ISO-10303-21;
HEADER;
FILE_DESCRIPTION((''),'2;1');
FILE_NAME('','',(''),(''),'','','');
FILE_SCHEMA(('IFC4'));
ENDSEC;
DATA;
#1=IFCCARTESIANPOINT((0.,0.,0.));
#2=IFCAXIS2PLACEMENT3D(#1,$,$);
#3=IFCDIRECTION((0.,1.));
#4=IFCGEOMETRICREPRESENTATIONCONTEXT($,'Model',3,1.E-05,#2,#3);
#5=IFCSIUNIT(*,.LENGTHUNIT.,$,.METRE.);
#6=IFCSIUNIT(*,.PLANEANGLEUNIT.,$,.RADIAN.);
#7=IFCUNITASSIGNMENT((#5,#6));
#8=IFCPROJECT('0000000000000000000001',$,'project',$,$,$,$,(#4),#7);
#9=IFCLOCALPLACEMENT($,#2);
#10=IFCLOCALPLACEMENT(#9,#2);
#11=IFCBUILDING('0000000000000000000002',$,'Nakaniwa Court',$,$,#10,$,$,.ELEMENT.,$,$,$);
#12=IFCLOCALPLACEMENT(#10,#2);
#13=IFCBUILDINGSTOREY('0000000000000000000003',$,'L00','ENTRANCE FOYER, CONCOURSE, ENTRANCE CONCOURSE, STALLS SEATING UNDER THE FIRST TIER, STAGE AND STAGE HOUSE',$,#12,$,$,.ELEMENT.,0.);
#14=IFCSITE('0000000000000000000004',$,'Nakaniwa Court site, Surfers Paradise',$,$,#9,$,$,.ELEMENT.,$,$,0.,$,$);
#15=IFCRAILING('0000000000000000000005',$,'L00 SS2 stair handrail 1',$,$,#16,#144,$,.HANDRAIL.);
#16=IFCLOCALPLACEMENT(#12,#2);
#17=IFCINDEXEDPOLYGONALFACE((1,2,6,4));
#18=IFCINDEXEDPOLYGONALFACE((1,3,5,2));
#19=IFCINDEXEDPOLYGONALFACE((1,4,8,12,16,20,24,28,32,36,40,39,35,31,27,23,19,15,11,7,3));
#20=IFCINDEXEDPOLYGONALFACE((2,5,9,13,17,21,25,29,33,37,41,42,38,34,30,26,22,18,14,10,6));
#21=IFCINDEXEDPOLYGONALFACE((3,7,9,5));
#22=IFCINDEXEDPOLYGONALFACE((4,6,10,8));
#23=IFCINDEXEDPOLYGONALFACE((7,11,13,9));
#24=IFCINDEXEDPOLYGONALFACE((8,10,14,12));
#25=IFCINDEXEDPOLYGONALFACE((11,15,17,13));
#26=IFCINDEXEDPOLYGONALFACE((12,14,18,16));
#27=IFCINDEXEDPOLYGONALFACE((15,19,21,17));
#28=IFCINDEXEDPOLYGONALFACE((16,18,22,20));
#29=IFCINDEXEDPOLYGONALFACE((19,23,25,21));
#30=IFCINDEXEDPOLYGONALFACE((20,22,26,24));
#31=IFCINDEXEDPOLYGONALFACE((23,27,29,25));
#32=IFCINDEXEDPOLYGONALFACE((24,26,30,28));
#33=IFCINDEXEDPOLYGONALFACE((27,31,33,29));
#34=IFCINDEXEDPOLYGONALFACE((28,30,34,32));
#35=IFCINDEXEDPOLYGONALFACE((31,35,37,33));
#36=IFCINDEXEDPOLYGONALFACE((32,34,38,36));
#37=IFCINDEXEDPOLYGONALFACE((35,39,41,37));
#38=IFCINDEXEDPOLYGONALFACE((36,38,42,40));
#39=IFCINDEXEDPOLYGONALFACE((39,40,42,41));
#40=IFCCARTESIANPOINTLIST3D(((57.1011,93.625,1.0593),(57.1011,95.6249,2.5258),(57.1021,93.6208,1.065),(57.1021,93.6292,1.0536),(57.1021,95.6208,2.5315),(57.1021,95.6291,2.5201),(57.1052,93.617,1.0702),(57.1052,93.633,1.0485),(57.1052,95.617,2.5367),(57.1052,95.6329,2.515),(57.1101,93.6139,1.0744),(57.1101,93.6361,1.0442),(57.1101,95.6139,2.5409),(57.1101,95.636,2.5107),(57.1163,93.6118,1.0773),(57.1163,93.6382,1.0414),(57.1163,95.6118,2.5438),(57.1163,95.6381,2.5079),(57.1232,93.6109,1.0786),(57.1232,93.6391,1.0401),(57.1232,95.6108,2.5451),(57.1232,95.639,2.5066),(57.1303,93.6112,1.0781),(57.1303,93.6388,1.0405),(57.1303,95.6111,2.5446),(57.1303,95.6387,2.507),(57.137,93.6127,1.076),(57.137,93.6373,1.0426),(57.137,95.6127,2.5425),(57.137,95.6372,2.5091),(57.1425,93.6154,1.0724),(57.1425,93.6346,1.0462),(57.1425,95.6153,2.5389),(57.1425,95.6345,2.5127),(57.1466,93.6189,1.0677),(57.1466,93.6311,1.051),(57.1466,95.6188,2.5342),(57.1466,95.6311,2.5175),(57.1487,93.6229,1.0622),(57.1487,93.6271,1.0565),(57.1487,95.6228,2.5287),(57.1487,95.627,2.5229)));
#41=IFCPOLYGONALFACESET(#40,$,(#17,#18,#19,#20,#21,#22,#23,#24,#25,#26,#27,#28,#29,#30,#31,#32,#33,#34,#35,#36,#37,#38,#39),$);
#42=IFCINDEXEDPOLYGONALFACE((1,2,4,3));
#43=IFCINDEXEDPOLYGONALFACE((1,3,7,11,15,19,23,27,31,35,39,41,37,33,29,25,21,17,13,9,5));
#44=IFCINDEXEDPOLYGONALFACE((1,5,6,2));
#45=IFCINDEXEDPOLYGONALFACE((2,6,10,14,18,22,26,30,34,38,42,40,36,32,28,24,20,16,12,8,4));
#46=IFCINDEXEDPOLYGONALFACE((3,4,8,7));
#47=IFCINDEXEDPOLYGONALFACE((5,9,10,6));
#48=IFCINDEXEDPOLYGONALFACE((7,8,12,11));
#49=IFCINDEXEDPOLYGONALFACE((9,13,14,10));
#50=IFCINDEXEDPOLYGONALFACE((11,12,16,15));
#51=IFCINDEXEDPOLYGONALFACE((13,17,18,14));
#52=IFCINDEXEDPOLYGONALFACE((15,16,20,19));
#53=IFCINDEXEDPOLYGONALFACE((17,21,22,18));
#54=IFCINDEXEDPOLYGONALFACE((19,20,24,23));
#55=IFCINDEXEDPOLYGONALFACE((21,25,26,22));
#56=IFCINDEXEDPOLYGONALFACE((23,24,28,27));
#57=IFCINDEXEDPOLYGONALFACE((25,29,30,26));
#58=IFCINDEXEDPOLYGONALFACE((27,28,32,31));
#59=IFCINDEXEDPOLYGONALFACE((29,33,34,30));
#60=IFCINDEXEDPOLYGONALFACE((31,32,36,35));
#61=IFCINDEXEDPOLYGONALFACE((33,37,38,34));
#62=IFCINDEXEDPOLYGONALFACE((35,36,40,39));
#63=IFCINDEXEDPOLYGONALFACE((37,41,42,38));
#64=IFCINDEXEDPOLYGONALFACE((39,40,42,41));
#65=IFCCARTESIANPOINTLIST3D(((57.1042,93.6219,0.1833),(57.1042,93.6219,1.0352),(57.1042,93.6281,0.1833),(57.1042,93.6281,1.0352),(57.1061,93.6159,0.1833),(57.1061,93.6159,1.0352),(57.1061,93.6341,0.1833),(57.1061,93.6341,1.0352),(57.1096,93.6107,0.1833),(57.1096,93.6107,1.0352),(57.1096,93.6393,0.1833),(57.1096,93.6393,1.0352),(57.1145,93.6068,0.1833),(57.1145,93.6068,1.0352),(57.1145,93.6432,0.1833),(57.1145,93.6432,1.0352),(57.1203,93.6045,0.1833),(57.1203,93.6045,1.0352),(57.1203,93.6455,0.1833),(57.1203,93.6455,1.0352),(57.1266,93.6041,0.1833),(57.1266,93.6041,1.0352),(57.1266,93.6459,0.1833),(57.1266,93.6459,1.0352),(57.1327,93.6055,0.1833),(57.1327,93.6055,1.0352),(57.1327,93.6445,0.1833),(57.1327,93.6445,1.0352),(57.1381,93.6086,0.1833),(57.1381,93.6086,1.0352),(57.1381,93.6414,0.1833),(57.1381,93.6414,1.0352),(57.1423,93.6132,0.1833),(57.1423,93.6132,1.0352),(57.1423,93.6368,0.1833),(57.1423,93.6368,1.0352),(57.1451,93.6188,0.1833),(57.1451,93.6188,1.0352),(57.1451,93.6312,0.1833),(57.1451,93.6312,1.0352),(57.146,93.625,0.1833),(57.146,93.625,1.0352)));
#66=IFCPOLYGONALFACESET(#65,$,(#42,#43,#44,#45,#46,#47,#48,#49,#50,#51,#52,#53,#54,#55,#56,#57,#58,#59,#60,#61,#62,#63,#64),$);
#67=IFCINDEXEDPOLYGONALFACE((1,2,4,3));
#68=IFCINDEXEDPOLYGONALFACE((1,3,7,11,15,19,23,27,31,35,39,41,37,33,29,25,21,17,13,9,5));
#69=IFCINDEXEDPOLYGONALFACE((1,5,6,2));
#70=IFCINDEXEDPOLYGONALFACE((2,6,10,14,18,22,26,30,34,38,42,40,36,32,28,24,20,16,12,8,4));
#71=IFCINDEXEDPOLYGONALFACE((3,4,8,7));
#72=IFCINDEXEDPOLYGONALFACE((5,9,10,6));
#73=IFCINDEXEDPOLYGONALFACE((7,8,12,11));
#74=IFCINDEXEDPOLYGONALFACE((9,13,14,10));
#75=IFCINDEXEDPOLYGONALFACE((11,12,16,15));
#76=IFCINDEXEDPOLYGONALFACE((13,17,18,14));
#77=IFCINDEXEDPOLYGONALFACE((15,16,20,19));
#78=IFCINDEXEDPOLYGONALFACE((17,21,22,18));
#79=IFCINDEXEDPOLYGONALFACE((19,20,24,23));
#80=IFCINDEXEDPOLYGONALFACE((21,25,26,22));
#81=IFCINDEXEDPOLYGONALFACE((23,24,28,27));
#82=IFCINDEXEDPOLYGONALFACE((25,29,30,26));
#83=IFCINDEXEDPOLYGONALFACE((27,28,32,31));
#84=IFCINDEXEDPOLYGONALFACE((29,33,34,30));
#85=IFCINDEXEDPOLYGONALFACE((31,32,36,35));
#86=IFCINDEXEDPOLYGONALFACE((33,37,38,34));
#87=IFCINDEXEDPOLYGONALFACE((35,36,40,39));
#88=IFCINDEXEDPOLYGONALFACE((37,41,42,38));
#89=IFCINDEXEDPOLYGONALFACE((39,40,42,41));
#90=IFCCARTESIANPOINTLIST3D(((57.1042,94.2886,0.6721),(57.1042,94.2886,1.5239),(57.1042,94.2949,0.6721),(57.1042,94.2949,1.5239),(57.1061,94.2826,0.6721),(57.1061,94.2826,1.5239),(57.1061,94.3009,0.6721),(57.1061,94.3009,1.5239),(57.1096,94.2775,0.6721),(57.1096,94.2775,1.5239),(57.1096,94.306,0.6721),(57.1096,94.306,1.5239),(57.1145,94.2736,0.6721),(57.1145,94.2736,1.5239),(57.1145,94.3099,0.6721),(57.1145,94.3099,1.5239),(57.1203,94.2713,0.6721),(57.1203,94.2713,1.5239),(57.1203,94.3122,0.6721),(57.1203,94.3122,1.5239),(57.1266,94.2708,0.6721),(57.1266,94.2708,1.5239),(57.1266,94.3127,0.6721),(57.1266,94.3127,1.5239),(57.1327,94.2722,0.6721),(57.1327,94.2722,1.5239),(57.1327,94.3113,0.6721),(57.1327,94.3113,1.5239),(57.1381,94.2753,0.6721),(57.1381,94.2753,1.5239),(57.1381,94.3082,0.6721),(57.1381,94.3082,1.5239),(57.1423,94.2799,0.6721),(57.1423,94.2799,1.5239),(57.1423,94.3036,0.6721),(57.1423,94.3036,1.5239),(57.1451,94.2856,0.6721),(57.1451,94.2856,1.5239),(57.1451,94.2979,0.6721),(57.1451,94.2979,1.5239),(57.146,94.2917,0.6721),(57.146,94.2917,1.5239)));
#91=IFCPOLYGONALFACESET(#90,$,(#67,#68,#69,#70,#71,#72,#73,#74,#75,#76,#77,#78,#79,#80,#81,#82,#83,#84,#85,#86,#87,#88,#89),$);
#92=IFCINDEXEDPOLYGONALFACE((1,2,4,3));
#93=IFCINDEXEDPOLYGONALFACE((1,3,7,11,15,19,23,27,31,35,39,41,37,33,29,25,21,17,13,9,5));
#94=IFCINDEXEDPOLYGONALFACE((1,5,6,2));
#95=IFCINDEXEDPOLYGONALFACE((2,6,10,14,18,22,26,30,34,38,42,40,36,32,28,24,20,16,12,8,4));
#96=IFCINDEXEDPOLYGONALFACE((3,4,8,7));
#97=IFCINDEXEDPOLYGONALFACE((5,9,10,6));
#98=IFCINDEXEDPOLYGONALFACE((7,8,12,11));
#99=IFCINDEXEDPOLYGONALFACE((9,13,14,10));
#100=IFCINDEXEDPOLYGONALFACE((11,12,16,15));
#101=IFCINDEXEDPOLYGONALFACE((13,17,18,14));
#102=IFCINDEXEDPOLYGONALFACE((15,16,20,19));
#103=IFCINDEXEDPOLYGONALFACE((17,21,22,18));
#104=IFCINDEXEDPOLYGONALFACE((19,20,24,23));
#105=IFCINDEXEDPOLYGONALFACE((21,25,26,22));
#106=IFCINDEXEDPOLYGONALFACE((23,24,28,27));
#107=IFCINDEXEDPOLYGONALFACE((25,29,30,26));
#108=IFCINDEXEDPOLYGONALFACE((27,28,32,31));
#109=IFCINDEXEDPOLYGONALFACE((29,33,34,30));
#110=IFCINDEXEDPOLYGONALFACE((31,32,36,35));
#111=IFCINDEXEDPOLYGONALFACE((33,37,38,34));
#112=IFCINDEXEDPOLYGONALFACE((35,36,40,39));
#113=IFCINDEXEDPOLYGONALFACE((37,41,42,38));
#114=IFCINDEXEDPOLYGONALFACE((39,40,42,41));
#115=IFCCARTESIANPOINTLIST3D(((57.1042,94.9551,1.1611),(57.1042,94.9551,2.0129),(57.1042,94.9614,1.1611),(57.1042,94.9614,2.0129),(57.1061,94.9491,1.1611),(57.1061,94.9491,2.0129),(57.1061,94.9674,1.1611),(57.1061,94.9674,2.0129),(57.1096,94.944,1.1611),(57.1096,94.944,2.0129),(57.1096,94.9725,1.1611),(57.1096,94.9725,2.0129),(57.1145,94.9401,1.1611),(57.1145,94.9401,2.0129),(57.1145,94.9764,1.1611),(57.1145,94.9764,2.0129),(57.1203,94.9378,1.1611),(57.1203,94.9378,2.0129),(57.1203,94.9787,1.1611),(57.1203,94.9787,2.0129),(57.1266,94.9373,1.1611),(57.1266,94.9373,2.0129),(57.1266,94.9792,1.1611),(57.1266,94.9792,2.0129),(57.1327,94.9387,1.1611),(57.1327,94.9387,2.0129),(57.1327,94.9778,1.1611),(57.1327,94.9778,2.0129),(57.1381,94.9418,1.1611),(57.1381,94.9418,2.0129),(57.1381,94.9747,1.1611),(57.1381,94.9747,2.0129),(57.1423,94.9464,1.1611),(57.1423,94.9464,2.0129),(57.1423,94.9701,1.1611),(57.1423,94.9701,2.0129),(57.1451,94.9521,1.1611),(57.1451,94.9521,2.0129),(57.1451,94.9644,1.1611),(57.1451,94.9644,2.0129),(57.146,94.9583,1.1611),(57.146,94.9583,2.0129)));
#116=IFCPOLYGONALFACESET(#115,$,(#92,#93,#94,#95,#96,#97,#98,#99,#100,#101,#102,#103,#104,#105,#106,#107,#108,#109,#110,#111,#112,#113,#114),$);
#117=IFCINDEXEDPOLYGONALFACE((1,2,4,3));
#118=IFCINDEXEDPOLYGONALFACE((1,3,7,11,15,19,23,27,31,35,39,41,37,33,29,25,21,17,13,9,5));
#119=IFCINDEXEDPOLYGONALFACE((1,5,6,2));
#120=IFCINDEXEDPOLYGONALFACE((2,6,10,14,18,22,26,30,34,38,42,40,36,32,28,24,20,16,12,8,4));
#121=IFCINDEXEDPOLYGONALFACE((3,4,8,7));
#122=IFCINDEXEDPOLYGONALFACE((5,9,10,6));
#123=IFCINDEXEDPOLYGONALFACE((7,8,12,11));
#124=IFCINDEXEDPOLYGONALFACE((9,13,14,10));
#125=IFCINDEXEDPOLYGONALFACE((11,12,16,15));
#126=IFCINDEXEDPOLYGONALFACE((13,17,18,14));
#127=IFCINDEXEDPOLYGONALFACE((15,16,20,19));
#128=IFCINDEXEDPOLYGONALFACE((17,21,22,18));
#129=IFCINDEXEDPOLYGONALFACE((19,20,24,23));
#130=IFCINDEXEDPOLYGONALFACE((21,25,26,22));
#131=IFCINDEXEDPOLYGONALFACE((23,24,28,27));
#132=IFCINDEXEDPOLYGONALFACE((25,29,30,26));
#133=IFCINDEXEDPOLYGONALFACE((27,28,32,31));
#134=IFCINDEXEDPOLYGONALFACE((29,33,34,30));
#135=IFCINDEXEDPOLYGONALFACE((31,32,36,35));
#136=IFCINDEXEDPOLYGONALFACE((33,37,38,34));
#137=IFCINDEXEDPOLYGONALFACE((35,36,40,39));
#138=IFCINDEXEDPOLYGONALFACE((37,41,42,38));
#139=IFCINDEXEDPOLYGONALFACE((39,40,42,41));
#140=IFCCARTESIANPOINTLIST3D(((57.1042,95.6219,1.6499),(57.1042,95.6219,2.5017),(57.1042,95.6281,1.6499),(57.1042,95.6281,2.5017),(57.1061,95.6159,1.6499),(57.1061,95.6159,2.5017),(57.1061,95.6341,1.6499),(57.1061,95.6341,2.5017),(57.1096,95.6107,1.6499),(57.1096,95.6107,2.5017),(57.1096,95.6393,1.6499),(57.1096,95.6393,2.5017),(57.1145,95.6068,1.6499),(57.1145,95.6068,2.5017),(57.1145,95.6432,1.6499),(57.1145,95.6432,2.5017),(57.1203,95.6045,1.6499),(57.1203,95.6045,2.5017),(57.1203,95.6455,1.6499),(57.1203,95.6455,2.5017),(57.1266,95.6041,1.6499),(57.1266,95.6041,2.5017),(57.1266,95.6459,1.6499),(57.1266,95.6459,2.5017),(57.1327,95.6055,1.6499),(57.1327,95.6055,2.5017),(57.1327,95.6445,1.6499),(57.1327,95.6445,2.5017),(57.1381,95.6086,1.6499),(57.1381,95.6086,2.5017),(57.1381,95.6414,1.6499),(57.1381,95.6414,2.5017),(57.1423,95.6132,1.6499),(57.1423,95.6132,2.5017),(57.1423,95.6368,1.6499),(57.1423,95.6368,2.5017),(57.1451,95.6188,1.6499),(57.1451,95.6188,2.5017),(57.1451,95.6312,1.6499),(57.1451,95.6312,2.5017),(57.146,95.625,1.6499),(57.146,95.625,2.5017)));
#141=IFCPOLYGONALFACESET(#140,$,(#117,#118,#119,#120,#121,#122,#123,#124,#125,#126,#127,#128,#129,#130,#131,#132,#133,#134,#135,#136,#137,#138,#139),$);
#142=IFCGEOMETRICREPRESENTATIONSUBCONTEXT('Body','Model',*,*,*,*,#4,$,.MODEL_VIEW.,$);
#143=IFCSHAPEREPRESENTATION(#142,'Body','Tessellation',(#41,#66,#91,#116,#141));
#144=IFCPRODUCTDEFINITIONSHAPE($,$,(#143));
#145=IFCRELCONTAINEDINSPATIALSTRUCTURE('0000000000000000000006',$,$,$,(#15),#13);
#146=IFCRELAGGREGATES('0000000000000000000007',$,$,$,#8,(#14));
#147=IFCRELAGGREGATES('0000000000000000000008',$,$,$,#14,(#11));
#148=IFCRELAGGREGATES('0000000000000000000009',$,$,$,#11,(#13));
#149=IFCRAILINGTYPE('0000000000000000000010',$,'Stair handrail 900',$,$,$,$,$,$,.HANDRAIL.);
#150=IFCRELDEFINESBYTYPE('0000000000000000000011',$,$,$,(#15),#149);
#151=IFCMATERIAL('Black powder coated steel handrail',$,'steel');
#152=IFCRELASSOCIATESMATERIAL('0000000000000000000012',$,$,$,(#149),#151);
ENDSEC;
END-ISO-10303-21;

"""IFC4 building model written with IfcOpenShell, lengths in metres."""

from ifc_helpers import new_model, si_unit, direction, frame, origin, origin_2d, place, context, subcontext, project, spatial, circle, extrude, material, type_object, element, save


model = new_model("IFC4")

# Units and contexts
model_context = context("Model", 3, precision=1e-05, world=origin(), true_north=direction((0.0, 1.0)))
body_context = subcontext(model_context, "Body", "Model", "MODEL_VIEW")
ifc_project = project(units=[si_unit("LENGTHUNIT", "METRE"), si_unit("PLANEANGLEUNIT", "RADIAN")], contexts=[model_context])

# Site, building, storey
site_placement = place(None, origin())
site = spatial("IfcSite", under=ifc_project, at=site_placement, Name="Nakaniwa Court site, Surfers Paradise", CompositionType="ELEMENT", RefElevation=0.0)
building_placement = place(site_placement, origin())
building = spatial("IfcBuilding", under=site, at=building_placement, Name="Nakaniwa Court", CompositionType="ELEMENT")
storey_placement = place(building_placement, origin())
storey = spatial("IfcBuildingStorey", under=building, at=storey_placement, Name="L00", Description="ENTRANCE FOYER, CONCOURSE, ENTRANCE CONCOURSE, STALLS SEATING UNDER THE FIRST TIER, STAGE AND STAGE HOUSE", CompositionType="ELEMENT", Elevation=0.0)

# Railing
ifc_material_1 = material(Name="Black powder coated steel handrail", Category="steel")
railing_type = type_object("IfcRailingType", Name="Stair handrail 900", PredefinedType="HANDRAIL", material=ifc_material_1)
for number, where, name in (
    (1, (57.125, 93.625, 0.1833), "L00 SS2 stair handrail 1"),
):
    element("IfcRailing", number, at=place(storey_placement, frame(where)), inside=storey, type_object=railing_type, Name=name, PredefinedType="HANDRAIL", context=body_context, shape_type="SweptSolid", body=[
        extrude(circle(Radius=0.0239, at=origin_2d()), frame((0.0, 0.0, 0.876), z_axis=(0.0, 0.806427, 0.591334), x_axis=(-1.0, 0.0, 0.0)), (0.0, 0.0, 1.0), 2.48),
        extrude(circle(Radius=0.021, at=origin_2d()), origin(), (0.0, 0.0, 1.0), 0.8518),
        extrude(circle(Radius=0.021, at=origin_2d()), frame((0.0, 0.6667, 0.4888)), (0.0, 0.0, 1.0), 0.8518),
        extrude(circle(Radius=0.021, at=origin_2d()), frame((0.0, 1.3333, 0.9778)), (0.0, 0.0, 1.0), 0.8518),
        extrude(circle(Radius=0.021, at=origin_2d()), frame((0.0, 2.0, 1.4666)), (0.0, 0.0, 1.0), 0.8518),
    ])

save(model, "model.ifc")
